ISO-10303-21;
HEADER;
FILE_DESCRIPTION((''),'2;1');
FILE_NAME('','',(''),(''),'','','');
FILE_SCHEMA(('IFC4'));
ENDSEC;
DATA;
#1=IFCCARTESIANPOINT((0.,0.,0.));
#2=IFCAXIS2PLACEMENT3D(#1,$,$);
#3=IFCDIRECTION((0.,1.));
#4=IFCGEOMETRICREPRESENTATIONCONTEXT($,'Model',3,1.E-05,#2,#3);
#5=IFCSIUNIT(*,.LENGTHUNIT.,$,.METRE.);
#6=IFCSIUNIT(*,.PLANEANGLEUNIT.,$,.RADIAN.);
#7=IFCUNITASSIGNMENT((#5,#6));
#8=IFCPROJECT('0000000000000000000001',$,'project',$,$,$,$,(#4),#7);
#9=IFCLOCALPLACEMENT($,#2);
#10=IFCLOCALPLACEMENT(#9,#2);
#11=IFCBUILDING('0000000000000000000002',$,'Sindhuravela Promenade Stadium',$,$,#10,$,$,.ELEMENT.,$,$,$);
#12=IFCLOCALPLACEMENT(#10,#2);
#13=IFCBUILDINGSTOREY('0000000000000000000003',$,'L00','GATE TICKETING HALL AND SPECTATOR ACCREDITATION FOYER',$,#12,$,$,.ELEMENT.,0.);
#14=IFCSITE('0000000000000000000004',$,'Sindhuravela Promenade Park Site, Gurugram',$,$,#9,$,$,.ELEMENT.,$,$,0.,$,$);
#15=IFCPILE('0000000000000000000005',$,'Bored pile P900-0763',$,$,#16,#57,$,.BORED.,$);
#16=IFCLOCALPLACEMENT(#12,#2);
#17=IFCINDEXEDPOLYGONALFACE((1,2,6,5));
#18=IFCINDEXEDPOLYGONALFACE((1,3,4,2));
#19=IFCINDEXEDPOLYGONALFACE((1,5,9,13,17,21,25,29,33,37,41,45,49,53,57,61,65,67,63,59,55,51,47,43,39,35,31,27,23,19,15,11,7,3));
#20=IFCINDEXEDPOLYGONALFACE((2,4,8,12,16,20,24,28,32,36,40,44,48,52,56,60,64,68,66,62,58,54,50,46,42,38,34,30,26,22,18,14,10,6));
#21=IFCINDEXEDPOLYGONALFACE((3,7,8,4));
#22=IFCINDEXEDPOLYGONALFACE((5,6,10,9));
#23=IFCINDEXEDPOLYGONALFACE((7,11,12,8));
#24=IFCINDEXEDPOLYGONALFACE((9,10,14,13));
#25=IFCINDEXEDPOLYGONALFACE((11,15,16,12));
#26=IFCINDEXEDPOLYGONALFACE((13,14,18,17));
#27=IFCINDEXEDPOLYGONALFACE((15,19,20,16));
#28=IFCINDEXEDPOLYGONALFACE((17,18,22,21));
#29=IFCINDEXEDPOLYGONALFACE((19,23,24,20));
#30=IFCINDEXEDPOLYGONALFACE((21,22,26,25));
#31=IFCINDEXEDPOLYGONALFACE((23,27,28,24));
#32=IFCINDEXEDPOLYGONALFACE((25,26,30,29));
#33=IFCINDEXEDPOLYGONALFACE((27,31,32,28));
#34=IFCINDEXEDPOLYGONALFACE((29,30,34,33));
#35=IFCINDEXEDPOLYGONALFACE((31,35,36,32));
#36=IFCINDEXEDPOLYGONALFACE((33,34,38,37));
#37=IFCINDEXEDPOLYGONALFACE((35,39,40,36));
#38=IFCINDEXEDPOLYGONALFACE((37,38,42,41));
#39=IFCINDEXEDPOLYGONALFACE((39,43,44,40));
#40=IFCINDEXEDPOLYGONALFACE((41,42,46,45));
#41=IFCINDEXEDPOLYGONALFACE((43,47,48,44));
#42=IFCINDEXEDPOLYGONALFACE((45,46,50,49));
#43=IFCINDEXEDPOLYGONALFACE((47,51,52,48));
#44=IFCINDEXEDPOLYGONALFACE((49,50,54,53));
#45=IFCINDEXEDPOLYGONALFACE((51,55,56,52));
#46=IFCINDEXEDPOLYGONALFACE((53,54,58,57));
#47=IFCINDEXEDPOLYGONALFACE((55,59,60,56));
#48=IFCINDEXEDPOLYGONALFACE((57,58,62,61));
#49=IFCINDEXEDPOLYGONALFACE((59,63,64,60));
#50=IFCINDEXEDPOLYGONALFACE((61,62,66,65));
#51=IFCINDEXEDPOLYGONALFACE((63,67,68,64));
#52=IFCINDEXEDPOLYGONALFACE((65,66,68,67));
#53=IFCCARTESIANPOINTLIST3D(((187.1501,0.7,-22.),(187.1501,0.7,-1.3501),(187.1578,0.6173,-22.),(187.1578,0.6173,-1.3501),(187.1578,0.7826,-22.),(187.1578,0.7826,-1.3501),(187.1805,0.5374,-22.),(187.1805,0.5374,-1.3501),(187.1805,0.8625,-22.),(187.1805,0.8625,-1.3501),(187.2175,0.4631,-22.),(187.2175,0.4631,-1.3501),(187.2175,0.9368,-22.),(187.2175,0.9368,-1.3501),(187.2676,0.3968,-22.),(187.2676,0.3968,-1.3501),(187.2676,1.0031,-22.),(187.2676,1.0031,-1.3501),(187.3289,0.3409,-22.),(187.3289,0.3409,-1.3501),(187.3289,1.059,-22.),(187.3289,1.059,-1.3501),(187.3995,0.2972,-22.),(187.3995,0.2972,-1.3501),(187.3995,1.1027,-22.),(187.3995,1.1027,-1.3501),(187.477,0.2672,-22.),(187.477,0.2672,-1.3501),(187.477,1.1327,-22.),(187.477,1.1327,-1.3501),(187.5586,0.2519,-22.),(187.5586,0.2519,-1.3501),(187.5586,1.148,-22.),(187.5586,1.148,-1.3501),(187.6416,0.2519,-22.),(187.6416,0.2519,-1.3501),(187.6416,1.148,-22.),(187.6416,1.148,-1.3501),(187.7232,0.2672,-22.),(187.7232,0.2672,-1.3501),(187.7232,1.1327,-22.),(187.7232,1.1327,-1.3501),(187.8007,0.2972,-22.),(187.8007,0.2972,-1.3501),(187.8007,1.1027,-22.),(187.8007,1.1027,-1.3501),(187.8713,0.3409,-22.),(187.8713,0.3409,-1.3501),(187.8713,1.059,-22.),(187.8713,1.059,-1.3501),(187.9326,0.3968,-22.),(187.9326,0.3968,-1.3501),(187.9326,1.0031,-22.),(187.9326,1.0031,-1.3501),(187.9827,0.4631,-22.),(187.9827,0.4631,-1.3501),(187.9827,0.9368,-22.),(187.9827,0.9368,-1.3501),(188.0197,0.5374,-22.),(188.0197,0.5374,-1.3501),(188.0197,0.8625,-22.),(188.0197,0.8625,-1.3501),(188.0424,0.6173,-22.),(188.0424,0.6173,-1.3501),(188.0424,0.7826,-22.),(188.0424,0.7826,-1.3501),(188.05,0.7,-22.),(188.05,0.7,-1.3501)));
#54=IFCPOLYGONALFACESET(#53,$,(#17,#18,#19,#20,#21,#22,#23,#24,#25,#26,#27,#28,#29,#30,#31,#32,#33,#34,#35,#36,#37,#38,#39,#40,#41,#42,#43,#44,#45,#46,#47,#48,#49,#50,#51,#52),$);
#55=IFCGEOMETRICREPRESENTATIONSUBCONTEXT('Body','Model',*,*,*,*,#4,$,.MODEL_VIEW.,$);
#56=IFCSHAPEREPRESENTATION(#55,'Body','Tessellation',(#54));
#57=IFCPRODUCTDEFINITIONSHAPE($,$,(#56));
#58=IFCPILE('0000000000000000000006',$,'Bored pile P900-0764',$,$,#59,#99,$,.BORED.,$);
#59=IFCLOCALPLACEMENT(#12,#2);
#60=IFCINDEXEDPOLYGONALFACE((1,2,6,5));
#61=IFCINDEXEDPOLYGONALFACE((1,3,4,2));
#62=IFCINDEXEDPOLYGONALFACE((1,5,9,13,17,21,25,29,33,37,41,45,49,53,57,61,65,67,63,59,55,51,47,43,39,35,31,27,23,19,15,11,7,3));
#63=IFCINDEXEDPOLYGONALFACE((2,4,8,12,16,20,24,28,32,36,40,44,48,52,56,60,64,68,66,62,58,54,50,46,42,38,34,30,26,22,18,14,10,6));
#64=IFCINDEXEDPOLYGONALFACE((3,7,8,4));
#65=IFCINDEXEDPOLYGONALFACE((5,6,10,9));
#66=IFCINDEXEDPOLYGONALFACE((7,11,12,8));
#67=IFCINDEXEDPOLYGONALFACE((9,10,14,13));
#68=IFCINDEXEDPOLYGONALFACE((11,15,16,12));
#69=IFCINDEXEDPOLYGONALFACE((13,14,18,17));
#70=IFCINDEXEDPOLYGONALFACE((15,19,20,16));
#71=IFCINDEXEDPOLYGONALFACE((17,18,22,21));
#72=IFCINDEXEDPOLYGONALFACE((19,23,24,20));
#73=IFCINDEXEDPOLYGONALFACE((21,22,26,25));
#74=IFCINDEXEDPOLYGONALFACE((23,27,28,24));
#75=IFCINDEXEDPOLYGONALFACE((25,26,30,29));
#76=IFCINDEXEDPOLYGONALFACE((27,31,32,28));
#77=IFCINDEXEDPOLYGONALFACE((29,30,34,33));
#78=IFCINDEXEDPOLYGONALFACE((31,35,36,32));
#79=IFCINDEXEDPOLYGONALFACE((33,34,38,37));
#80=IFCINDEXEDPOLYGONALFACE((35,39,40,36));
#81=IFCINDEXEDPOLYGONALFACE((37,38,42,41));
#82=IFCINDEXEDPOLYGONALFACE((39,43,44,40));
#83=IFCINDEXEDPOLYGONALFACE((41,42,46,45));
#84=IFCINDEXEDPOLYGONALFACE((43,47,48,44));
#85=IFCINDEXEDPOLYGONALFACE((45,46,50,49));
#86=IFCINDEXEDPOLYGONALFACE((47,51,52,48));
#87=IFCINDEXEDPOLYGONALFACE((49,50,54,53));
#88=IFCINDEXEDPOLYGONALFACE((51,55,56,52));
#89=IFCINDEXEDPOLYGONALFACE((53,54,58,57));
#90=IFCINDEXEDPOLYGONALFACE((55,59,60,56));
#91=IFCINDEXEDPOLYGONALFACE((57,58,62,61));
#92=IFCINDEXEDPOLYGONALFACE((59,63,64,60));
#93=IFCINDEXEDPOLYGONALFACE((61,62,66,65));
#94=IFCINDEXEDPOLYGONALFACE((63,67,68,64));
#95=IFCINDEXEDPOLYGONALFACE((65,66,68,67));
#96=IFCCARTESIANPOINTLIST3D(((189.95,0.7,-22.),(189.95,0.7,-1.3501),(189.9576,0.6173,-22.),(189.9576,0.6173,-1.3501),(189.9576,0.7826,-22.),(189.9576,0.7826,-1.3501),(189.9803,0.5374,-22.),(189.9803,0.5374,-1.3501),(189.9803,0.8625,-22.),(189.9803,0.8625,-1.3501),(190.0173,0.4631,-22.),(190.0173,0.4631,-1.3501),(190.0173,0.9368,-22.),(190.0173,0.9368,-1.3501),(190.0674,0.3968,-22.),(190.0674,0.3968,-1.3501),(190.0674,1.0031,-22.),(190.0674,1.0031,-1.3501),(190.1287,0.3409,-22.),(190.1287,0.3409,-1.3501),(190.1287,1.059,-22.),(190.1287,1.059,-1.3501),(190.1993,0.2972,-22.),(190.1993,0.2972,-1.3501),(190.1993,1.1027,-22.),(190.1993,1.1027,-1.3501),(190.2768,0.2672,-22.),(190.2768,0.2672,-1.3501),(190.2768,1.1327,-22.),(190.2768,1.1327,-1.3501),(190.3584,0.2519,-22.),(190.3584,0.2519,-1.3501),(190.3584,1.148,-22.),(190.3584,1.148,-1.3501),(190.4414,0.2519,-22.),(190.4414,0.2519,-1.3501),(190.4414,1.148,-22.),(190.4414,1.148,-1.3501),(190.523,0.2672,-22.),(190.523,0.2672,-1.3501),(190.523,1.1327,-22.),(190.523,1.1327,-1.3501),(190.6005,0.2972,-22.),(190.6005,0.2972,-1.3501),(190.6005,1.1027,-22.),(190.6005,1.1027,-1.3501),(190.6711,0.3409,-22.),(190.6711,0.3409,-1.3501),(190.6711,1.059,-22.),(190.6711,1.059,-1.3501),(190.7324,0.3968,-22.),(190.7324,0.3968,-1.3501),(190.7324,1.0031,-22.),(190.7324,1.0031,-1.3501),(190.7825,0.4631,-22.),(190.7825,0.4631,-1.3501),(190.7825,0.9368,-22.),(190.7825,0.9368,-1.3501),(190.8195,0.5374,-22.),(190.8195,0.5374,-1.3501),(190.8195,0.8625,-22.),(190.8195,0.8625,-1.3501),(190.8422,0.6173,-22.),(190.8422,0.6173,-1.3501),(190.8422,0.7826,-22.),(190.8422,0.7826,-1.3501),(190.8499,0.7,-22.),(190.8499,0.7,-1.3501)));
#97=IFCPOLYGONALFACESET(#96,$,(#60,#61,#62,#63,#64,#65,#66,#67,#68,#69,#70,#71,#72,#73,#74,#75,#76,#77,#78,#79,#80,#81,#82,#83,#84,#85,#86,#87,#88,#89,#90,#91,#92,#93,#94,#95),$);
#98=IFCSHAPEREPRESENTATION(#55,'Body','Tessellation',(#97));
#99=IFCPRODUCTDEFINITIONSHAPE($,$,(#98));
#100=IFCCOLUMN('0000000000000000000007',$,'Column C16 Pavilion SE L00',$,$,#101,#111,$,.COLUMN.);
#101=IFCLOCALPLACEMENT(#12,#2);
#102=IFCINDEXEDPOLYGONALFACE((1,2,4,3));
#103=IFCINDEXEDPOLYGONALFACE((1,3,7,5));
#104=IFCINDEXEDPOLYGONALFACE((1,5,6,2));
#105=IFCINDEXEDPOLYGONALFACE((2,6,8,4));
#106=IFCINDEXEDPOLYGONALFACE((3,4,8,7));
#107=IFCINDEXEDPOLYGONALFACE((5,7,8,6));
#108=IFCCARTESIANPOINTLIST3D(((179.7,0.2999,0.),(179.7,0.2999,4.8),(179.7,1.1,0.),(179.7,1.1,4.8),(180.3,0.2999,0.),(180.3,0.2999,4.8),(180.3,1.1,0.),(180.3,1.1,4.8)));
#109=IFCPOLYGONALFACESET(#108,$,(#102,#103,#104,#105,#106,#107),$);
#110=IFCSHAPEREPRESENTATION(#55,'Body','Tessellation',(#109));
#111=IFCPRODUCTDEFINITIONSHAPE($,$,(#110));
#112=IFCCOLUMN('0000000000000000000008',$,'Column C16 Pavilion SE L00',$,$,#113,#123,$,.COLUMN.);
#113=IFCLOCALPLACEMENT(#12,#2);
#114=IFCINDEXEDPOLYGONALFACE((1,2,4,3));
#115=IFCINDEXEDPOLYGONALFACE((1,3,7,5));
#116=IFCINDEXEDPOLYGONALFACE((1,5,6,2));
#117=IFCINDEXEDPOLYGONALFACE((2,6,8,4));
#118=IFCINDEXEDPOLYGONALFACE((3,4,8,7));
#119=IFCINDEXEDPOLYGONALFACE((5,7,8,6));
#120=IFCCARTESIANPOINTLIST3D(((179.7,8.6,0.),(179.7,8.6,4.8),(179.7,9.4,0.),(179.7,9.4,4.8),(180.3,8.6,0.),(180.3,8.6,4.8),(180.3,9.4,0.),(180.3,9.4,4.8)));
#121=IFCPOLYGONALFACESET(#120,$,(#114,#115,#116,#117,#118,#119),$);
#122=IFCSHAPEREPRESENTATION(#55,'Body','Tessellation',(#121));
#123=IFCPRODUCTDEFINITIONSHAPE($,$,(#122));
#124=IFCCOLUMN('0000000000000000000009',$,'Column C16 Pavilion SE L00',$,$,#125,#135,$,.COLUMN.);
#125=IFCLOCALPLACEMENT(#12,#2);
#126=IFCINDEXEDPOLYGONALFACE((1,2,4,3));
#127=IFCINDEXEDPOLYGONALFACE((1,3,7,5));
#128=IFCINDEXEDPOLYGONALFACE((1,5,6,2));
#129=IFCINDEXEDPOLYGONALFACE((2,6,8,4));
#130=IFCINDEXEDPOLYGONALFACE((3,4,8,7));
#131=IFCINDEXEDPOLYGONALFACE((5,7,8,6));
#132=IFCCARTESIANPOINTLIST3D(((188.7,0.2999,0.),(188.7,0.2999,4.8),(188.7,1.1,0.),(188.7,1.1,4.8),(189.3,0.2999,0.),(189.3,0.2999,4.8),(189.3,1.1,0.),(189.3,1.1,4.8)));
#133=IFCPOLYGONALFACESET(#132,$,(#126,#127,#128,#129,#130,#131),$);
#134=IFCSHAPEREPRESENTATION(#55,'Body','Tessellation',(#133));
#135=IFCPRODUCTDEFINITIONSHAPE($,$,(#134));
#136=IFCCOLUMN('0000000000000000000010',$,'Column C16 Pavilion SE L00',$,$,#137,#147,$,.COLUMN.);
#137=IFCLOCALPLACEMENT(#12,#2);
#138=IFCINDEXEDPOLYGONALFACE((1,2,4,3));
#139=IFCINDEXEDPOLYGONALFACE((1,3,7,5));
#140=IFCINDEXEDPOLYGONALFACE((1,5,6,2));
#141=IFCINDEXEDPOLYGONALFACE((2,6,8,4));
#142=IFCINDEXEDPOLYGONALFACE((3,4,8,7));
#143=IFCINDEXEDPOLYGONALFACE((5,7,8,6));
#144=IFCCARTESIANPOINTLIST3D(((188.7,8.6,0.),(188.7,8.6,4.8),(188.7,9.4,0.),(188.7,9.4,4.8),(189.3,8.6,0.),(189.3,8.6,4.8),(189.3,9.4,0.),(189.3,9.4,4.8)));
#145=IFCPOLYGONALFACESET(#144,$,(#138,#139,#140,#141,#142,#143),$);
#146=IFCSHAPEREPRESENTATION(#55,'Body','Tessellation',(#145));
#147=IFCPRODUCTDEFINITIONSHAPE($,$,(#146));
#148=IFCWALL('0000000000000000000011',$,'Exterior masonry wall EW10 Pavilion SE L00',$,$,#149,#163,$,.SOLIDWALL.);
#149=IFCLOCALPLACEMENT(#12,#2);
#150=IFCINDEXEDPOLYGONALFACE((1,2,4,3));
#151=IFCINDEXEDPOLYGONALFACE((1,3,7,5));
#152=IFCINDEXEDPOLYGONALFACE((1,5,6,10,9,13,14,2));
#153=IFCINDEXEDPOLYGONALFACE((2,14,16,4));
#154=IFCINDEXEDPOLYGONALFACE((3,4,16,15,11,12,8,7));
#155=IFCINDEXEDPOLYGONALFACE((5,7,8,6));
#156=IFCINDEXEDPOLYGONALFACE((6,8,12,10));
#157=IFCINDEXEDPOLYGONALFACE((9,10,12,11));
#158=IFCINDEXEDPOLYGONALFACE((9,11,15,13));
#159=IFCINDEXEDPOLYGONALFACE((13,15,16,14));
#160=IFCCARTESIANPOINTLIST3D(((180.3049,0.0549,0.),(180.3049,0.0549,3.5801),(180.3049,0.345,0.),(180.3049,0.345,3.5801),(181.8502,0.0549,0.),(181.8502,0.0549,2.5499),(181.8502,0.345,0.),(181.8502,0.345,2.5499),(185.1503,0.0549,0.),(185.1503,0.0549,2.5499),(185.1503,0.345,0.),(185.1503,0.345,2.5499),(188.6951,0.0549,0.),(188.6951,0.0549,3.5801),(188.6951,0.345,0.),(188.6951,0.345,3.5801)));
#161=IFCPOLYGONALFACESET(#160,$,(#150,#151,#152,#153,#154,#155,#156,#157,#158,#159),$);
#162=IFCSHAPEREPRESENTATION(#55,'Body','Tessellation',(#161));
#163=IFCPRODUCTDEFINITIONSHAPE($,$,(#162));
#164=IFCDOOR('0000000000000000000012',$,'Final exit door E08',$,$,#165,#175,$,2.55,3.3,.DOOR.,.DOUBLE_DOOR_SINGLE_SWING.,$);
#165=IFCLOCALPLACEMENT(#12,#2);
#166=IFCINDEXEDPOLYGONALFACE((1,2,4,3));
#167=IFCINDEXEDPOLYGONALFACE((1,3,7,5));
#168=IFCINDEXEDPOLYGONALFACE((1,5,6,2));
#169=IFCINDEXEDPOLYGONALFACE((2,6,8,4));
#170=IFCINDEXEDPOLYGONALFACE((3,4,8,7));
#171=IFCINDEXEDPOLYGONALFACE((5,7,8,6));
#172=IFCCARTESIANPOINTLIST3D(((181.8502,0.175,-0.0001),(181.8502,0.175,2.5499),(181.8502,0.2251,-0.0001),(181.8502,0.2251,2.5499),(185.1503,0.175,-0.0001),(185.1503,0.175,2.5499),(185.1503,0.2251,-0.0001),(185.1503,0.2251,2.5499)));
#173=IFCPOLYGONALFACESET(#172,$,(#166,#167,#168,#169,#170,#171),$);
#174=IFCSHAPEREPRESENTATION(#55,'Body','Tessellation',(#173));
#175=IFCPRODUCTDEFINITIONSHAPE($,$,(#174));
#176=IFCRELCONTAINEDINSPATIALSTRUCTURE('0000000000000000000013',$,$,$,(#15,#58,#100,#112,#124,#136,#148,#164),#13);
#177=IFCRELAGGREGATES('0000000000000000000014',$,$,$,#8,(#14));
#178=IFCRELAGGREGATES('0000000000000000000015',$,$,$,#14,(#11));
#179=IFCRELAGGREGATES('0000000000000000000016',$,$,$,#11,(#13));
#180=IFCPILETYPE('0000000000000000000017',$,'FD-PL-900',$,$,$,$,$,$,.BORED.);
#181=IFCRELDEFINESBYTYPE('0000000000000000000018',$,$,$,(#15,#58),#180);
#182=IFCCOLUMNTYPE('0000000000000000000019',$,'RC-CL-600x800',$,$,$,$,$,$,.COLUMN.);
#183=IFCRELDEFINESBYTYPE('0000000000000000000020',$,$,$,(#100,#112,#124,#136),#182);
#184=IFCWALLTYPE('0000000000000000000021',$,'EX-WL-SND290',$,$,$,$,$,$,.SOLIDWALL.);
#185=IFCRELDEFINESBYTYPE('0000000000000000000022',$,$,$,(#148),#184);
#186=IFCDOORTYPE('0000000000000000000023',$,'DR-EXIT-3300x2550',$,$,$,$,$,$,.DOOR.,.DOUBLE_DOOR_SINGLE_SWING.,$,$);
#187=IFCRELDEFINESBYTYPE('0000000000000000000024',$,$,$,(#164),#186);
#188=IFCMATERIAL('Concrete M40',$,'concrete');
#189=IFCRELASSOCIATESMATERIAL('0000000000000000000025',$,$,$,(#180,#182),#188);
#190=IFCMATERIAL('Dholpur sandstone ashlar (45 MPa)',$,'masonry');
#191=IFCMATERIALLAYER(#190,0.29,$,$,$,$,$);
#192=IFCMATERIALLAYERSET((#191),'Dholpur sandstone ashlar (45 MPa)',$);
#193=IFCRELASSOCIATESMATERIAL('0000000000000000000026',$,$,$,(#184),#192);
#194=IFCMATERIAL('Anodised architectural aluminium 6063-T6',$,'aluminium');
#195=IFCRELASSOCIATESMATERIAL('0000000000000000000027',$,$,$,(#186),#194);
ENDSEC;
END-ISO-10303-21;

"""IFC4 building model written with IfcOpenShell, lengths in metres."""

from ifc_helpers import new_model, si_unit, direction, frame, frame_2d, origin, origin_2d, place, context, subcontext, project, spatial, rectangle, circle, extrude, material, layer, layer_set, material_profile, profile_set, type_object, element, fill, save


model = new_model("IFC4")

# Units and contexts
model_context = context("Model", 3, precision=1e-05, world=origin(), true_north=direction((0.0, 1.0)))
body_context = subcontext(model_context, "Body", "Model", "MODEL_VIEW")
ifc_project = project(units=[si_unit("LENGTHUNIT", "METRE"), si_unit("PLANEANGLEUNIT", "RADIAN")], contexts=[model_context])

# Site, building, storey
site_placement = place(None, origin())
site = spatial("IfcSite", under=ifc_project, at=site_placement, Name="Sindhuravela Promenade Park Site, Gurugram", CompositionType="ELEMENT", RefElevation=0.0)
building_placement = place(site_placement, origin())
building = spatial("IfcBuilding", under=site, at=building_placement, Name="Sindhuravela Promenade Stadium", CompositionType="ELEMENT")
storey_placement = place(building_placement, origin())
storey = spatial("IfcBuildingStorey", under=building, at=storey_placement, Name="L00", Description="GATE TICKETING HALL AND SPECTATOR ACCREDITATION FOYER", CompositionType="ELEMENT", Elevation=0.0)

# Piles
ifc_material_1 = material(Name="Concrete M40", Category="concrete")
ifc_material_profile_1 = material_profile(ifc_material_1, circle(Radius=0.45, at=origin_2d()), Name="BORED PILE D900")
ifc_profile_set_1 = profile_set([ifc_material_profile_1], Name="Concrete M40")
pile_type_1 = type_object("IfcPileType", Name="FD-PL-900", PredefinedType="BORED", material=ifc_profile_set_1)
for number, where, z_axis, x_axis, name in (
    (1, (187.6001, 0.7, -1.3501), (0.0, 0.0, -1.0), (1.0, 0.0, 0.0), "Bored pile P900-0763"),
    (2, (190.3999, 0.7, -1.3501), (0.0, 0.0, -1.0), (1.0, 0.0, 0.0), "Bored pile P900-0764"),
):
    element("IfcPile", number, at=place(storey_placement, frame(where, z_axis=z_axis, x_axis=x_axis)), inside=storey, type_object=pile_type_1, Name=name, PredefinedType="BORED", context=body_context, shape_type="SweptSolid", body=[
        extrude(circle(Radius=0.45, at=origin_2d()), origin(), (0.0, 0.0, 1.0), 20.6499),
    ])

# Columns
ifc_material_profile_2 = material_profile(ifc_material_1, rectangle(XDim=0.6001, YDim=0.8, at=origin_2d()), Name="RC 600x800")
ifc_profile_set_2 = profile_set([ifc_material_profile_2], Name="Concrete M40")
column_type = type_object("IfcColumnType", Name="RC-CL-600x800", PredefinedType="COLUMN", material=ifc_profile_set_2)
for number, where, z_axis, x_axis, name in (
    (3, (180.0, 0.7, 0.0), (0.0, 0.0, 1.0), (1.0, 0.0, 0.0), "Column C16 Pavilion SE L00"),
    (4, (180.0, 9.0, 0.0), (0.0, 0.0, 1.0), (1.0, 0.0, 0.0), "Column C16 Pavilion SE L00"),
    (5, (189.0, 0.7, 0.0), (0.0, 0.0, 1.0), (1.0, 0.0, 0.0), "Column C16 Pavilion SE L00"),
    (6, (189.0, 9.0, 0.0), (0.0, 0.0, 1.0), (1.0, 0.0, 0.0), "Column C16 Pavilion SE L00"),
):
    element("IfcColumn", number, at=place(storey_placement, frame(where, z_axis=z_axis, x_axis=x_axis)), inside=storey, type_object=column_type, Name=name, PredefinedType="COLUMN", context=body_context, shape_type="SweptSolid", body=[
        extrude(rectangle(XDim=0.6001, YDim=0.8, at=origin_2d()), origin(), (0.0, 0.0, 1.0), 4.8),
    ])

# Wall, opening, door
ifc_material_2 = material(Name="Dholpur sandstone ashlar (45 MPa)", Category="masonry")
ifc_layer_1 = layer(ifc_material_2, 0.29)
ifc_layer_set_1 = layer_set([ifc_layer_1], Name="Dholpur sandstone ashlar (45 MPa)")
wall_type_1 = type_object("IfcWallType", Name="EX-WL-SND290", PredefinedType="SOLIDWALL", material=ifc_layer_set_1)
wall_1_placement = place(storey_placement, frame((188.6951, 0.2, 0.0), z_axis=(0.0, 0.0, 1.0), x_axis=(-1.0, 0.0, 0.0)))
wall_1 = element("IfcWall", 7, at=wall_1_placement, inside=storey, type_object=wall_type_1, Name="Exterior masonry wall EW10 Pavilion SE L00", PredefinedType="SOLIDWALL", context=body_context, shape_type="SweptSolid", body=[
    extrude(rectangle(XDim=8.3901, YDim=0.29, at=frame_2d((4.1951, 0.0))), origin(), (0.0, 0.0, 1.0), 3.5801),
])
opening_1_placement = place(wall_1_placement, frame((3.5449, 0.0, 0.0)))
opening_1 = element("IfcOpeningElement", 8, at=opening_1_placement, cuts=wall_1, PredefinedType="OPENING", context=body_context, shape_type="SweptSolid", body=[
    extrude(rectangle(XDim=3.3, YDim=2.55, at=frame_2d((1.6499, 1.2749))), frame((0.0, 0.155, 0.0), z_axis=(0.0, -1.0, 0.0), x_axis=(1.0, 0.0, 0.0)), (0.0, 0.0, 1.0), 0.3101),
])
ifc_material_3 = material(Name="Anodised architectural aluminium 6063-T6", Category="aluminium")
door_type_1 = type_object("IfcDoorType", Name="DR-EXIT-3300x2550", OperationType="DOUBLE_DOOR_SINGLE_SWING", PredefinedType="DOOR", material=ifc_material_3)
door_1_placement = place(opening_1_placement, origin())
door_1 = element("IfcDoor", 9, at=door_1_placement, inside=storey, type_object=door_type_1, Name="Final exit door E08", OperationType="DOUBLE_DOOR_SINGLE_SWING", OverallHeight=2.55, OverallWidth=3.3, PredefinedType="DOOR", context=body_context, shape_type="SweptSolid", body=[
    extrude(rectangle(XDim=3.3, YDim=2.55, at=frame_2d((1.6499, 1.2749))), frame((0.0, 0.0249, 0.0), z_axis=(0.0, -1.0, 0.0), x_axis=(1.0, 0.0, 0.0)), (0.0, 0.0, 1.0), 0.05),
])
fill(opening_1, door_1)

save(model, "model.ifc")
